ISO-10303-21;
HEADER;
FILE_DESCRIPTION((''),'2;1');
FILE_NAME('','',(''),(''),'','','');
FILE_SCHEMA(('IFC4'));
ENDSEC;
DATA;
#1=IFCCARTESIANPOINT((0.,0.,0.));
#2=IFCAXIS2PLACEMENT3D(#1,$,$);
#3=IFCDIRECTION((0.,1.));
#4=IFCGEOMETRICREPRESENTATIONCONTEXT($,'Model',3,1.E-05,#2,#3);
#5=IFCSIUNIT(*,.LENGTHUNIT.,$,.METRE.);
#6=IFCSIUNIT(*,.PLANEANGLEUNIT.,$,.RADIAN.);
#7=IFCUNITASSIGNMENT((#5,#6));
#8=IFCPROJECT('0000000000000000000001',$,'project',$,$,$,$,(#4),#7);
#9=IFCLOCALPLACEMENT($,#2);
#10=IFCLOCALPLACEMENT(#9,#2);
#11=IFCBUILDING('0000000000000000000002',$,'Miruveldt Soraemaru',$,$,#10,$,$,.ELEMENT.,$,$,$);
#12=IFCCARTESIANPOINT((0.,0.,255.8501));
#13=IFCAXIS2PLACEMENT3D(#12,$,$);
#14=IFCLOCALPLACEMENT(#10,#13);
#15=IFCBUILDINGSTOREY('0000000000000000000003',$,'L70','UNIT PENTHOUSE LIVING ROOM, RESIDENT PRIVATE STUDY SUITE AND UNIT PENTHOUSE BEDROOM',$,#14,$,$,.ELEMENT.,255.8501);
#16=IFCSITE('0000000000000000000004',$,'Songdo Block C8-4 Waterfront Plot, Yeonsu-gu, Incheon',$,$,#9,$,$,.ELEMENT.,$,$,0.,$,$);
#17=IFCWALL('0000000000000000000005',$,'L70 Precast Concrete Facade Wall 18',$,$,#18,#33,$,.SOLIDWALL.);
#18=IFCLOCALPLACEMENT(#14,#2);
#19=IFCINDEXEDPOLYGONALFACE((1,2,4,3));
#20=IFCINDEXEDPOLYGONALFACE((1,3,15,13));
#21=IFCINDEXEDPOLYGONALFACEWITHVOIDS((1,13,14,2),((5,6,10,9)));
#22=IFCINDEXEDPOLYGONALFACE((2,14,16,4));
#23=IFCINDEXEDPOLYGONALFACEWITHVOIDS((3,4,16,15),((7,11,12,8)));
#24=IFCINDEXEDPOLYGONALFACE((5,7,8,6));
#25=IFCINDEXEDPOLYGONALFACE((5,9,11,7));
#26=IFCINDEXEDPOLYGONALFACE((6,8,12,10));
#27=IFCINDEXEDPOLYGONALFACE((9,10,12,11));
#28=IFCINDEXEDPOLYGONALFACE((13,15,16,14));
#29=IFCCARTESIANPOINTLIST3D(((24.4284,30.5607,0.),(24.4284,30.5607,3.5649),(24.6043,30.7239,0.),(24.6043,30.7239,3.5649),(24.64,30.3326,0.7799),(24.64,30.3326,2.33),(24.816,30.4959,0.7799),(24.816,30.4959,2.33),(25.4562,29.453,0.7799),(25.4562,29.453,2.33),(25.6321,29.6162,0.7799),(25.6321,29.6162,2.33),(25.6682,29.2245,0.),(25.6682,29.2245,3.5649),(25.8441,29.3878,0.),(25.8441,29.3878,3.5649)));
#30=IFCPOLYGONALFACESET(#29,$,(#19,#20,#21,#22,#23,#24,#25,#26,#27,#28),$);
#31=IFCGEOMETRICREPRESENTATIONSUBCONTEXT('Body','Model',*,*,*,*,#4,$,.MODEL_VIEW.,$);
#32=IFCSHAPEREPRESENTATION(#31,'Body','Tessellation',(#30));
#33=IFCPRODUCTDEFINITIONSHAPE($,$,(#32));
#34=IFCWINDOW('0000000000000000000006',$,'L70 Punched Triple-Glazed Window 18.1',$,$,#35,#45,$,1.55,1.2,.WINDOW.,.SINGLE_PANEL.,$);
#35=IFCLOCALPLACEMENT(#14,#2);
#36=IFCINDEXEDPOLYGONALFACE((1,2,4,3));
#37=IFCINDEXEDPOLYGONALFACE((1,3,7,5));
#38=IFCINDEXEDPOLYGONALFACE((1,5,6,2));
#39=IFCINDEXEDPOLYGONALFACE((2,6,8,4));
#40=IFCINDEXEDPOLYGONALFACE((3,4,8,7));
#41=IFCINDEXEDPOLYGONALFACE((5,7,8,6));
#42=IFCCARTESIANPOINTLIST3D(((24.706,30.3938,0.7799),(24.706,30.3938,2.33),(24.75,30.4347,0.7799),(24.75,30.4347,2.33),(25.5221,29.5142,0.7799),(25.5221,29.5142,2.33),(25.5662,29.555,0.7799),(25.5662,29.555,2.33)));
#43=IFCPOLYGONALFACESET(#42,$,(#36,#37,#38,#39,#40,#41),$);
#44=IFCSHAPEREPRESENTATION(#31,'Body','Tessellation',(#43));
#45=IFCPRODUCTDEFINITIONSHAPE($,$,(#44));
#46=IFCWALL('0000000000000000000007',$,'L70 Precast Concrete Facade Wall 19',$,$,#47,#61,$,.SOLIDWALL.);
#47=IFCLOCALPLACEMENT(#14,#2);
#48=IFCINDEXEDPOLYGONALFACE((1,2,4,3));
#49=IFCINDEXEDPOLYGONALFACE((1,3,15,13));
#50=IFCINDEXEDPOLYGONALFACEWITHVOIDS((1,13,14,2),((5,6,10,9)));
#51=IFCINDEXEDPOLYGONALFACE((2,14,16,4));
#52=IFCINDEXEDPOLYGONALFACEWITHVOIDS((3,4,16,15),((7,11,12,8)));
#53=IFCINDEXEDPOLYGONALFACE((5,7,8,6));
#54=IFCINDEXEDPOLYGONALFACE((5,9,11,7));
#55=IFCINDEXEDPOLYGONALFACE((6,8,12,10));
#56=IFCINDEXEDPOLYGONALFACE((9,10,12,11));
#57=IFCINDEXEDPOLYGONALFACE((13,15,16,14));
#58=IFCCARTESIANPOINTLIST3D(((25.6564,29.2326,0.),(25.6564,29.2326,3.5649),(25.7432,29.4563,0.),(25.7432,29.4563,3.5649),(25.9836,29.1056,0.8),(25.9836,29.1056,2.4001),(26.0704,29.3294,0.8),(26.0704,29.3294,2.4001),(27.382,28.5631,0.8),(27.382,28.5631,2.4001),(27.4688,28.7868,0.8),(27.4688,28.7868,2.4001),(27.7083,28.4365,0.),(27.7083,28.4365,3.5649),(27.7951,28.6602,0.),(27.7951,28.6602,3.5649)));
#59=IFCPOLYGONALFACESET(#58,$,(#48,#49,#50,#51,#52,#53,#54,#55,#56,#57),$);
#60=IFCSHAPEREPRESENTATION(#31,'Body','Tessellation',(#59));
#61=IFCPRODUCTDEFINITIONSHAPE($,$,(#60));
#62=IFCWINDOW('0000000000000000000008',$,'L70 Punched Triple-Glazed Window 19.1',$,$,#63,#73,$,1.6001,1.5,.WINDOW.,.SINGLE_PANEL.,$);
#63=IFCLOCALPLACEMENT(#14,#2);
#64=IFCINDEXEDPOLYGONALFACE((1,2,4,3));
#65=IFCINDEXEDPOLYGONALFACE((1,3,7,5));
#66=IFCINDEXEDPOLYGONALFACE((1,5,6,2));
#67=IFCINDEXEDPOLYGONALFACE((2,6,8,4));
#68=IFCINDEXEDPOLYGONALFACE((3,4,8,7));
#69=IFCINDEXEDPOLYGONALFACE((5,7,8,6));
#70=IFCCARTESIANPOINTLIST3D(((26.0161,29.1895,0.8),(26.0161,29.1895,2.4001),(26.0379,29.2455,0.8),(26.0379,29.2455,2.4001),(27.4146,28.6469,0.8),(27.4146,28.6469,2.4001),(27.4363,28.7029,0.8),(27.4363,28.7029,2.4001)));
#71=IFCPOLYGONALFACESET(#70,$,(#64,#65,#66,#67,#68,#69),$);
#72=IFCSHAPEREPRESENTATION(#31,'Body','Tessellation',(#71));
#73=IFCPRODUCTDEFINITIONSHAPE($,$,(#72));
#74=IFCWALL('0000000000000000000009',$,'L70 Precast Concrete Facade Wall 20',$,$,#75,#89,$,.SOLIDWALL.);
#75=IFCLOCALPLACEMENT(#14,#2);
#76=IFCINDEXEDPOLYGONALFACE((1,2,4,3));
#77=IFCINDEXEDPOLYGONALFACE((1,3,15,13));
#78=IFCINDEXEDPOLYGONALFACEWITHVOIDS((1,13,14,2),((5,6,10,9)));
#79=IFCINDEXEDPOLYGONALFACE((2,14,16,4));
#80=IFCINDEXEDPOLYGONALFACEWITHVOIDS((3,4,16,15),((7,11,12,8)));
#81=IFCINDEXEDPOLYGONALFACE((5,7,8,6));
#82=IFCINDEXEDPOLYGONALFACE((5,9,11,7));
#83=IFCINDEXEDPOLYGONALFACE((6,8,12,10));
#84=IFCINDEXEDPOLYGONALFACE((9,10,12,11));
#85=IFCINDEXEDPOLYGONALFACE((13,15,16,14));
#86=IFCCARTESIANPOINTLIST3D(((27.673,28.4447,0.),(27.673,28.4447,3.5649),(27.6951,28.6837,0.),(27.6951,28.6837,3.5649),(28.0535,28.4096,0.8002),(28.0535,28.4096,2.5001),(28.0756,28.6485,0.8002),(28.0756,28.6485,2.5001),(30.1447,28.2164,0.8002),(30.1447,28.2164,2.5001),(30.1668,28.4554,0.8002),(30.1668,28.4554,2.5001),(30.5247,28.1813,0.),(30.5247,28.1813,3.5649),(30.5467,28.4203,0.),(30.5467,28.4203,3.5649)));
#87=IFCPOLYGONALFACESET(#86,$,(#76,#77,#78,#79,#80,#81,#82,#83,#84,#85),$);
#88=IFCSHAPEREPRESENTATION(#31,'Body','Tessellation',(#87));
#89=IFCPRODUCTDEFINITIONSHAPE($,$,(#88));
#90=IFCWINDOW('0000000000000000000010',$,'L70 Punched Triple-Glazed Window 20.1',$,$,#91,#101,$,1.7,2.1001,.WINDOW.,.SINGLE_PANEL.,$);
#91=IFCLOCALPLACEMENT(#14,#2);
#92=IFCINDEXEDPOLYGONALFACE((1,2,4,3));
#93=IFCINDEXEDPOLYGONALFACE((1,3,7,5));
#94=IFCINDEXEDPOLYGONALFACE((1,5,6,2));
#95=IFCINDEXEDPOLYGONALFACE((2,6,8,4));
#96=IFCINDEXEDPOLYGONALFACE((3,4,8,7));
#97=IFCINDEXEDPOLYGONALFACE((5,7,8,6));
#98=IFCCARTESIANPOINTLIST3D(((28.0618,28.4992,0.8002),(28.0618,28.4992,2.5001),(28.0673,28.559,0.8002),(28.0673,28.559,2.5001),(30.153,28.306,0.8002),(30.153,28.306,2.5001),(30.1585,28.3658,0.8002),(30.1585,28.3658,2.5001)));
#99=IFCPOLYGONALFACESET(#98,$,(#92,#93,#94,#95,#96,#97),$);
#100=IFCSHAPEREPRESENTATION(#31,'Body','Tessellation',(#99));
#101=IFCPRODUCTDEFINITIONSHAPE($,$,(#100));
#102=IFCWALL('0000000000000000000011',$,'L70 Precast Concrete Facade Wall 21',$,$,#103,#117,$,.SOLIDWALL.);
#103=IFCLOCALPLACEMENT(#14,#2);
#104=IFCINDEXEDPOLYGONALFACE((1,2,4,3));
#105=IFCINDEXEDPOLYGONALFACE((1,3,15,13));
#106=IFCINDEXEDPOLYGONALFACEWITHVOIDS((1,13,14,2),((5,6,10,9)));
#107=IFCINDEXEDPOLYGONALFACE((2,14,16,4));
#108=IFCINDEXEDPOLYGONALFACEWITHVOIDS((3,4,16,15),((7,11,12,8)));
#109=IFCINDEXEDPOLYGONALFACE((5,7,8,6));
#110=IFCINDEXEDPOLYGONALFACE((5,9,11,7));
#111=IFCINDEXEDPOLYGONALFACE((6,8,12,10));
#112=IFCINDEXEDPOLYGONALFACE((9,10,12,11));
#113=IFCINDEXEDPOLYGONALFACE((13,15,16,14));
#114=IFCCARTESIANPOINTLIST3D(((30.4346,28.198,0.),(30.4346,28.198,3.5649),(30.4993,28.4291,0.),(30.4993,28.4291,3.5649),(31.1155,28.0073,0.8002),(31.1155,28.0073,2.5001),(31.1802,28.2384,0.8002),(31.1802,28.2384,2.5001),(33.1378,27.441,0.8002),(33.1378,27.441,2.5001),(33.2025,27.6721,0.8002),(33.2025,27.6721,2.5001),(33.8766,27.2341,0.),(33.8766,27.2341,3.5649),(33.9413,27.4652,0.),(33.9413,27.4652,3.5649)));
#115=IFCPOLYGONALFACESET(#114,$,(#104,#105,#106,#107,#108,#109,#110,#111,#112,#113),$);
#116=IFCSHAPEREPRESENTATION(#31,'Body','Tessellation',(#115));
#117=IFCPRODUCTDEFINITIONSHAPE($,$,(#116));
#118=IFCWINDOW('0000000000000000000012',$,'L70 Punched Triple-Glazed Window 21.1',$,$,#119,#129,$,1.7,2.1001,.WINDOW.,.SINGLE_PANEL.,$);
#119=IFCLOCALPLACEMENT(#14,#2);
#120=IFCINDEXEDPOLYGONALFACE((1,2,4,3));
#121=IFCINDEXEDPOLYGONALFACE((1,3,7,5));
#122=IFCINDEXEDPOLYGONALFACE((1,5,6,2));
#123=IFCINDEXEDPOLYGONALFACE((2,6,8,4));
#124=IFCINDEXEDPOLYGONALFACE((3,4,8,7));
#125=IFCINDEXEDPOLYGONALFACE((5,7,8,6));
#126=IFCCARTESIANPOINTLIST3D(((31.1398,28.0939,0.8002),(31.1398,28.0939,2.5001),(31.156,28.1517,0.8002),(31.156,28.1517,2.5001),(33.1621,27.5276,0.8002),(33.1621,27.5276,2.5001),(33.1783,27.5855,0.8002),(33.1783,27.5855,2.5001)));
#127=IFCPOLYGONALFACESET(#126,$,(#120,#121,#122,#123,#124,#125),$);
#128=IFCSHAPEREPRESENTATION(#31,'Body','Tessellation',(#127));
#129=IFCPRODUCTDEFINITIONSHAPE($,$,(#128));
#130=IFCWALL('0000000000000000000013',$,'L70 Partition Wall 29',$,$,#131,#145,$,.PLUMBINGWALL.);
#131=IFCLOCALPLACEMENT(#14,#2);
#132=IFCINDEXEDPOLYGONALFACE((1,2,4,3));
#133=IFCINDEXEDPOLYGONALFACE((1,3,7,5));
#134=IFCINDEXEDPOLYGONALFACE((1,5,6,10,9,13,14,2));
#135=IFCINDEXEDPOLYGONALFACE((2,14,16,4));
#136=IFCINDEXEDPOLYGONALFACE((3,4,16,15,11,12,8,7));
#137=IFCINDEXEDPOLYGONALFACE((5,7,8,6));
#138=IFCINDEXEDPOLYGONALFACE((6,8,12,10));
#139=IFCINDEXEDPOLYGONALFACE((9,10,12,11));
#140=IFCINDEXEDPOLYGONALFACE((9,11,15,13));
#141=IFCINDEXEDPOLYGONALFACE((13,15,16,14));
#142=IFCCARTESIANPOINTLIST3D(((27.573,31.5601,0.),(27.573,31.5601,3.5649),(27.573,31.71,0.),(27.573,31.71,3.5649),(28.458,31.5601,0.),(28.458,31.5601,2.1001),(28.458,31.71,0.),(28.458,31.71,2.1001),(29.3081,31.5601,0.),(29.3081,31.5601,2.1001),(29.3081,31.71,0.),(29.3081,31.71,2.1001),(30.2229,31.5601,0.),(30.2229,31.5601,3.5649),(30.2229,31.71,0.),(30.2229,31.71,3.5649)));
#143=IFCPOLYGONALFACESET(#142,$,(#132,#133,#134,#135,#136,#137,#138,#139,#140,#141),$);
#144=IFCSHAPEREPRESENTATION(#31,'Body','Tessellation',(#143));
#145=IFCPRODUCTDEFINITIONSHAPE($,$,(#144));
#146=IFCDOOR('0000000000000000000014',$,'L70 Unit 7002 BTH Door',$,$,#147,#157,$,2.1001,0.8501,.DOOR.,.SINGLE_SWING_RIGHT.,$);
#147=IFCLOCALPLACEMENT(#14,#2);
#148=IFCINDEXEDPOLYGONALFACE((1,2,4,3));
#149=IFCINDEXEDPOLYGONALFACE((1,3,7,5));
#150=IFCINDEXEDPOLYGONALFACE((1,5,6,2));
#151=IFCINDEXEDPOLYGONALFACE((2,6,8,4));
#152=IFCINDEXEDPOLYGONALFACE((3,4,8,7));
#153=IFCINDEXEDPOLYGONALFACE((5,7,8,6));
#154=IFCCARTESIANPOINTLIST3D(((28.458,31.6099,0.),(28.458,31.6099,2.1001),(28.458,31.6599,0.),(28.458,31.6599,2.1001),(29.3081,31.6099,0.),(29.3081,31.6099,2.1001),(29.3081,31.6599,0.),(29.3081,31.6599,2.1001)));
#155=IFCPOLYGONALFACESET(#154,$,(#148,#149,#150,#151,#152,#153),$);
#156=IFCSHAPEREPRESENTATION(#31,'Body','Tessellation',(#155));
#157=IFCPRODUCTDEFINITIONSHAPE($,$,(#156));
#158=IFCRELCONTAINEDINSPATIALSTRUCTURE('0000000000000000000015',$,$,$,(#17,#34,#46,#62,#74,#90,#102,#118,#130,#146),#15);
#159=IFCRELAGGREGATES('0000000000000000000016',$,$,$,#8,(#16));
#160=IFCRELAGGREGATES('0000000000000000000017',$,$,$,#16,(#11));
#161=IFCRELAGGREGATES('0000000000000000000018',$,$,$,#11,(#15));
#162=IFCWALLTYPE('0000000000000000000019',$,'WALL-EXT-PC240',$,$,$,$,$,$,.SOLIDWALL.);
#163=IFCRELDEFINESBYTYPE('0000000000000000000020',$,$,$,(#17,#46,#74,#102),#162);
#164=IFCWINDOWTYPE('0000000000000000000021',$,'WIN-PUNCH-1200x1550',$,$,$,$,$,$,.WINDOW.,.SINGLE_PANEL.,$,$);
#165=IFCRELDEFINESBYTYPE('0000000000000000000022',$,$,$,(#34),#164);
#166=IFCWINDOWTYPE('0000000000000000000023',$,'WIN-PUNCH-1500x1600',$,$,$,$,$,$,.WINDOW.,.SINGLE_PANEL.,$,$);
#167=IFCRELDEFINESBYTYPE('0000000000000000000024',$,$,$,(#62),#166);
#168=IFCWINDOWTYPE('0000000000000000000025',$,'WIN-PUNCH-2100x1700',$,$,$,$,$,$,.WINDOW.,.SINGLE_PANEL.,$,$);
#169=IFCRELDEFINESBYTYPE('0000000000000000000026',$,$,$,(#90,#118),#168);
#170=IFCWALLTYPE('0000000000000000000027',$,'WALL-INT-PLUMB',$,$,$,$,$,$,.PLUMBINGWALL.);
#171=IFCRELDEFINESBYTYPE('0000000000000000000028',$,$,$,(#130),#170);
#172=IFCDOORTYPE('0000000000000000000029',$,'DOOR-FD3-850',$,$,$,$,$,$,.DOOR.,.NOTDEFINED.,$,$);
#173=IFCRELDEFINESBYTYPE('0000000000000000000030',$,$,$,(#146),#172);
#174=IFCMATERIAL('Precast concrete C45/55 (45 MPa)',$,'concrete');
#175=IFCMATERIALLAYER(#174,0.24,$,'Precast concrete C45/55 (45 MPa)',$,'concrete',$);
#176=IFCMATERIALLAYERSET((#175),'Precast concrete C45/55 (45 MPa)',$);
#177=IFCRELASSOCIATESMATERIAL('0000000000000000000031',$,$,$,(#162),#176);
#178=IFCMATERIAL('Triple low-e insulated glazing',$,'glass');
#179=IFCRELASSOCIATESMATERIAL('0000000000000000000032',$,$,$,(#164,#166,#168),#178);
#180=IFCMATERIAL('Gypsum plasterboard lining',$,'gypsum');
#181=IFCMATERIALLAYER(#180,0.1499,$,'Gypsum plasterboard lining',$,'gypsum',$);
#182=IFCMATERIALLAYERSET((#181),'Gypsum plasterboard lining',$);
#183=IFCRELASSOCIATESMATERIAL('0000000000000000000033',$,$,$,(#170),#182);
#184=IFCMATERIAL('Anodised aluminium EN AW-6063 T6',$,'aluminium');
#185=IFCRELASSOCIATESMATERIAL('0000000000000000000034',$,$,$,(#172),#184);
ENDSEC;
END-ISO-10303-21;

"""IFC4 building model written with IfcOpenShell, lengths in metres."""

from ifc_helpers import new_model, si_unit, direction, frame, frame_2d, origin, place, context, subcontext, project, spatial, rectangle, extrude, material, layer, layer_set, type_object, element, fill, save


model = new_model("IFC4")

# Units and contexts
model_context = context("Model", 3, precision=1e-05, world=origin(), true_north=direction((0.0, 1.0)))
body_context = subcontext(model_context, "Body", "Model", "MODEL_VIEW")
ifc_project = project(units=[si_unit("LENGTHUNIT", "METRE"), si_unit("PLANEANGLEUNIT", "RADIAN")], contexts=[model_context])

# Site, building, storey
site_placement = place(None, origin())
site = spatial("IfcSite", under=ifc_project, at=site_placement, Name="Songdo Block C8-4 Waterfront Plot, Yeonsu-gu, Incheon", CompositionType="ELEMENT", RefElevation=0.0)
building_placement = place(site_placement, origin())
building = spatial("IfcBuilding", under=site, at=building_placement, Name="Miruveldt Soraemaru", CompositionType="ELEMENT")
storey_placement = place(building_placement, frame((0.0, 0.0, 255.8501)))
storey = spatial("IfcBuildingStorey", under=building, at=storey_placement, Name="L70", Description="UNIT PENTHOUSE LIVING ROOM, RESIDENT PRIVATE STUDY SUITE AND UNIT PENTHOUSE BEDROOM", CompositionType="ELEMENT", Elevation=255.8501)

# Walls, openings, windows
ifc_material_1 = material(Name="Precast concrete C45/55 (45 MPa)", Category="concrete")
ifc_layer_1 = layer(ifc_material_1, 0.24, Name="Precast concrete C45/55 (45 MPa)", Category="concrete")
ifc_layer_set_1 = layer_set([ifc_layer_1], Name="Precast concrete C45/55 (45 MPa)")
wall_type_1 = type_object("IfcWallType", Name="WALL-EXT-PC240", PredefinedType="SOLIDWALL", material=ifc_layer_set_1)
ifc_material_2 = material(Name="Triple low-e insulated glazing", Category="glass")
window_type_1 = type_object("IfcWindowType", Name="WIN-PUNCH-1200x1550", PartitioningType="SINGLE_PANEL", PredefinedType="WINDOW", material=ifc_material_2)
wall_1_placement = place(storey_placement, frame((24.5164, 30.6423, 0.0), z_axis=(0.0, 0.0, 1.0), x_axis=(0.680158, -0.733065, 0.0)))
wall_1 = element("IfcWall", 1, at=wall_1_placement, inside=storey, type_object=wall_type_1, Name="L70 Precast Concrete Facade Wall 18", PredefinedType="SOLIDWALL", context=body_context, shape_type="SweptSolid", body=[
    extrude(rectangle(XDim=1.8228, YDim=0.24, at=frame_2d((0.9114, 0.0))), origin(), (0.0, 0.0, 1.0), 3.5649),
])
opening_1_placement = place(wall_1_placement, frame((0.311, 0.0, 0.78)))
opening_1 = element("IfcOpeningElement", 2, at=opening_1_placement, cuts=wall_1, PredefinedType="OPENING", context=body_context, shape_type="SweptSolid", body=[
    extrude(rectangle(XDim=1.2, YDim=1.55, at=frame_2d((0.6001, 0.7749))), frame((0.0, 0.1299, 0.0), z_axis=(0.0, -1.0, 0.0), x_axis=(1.0, 0.0, 0.0)), (0.0, 0.0, 1.0), 0.26),
])
window_1_placement = place(opening_1_placement, origin())
window_1 = element("IfcWindow", 3, at=window_1_placement, inside=storey, type_object=window_type_1, Name="L70 Punched Triple-Glazed Window 18.1", OverallHeight=1.55, OverallWidth=1.2, PartitioningType="SINGLE_PANEL", PredefinedType="WINDOW", context=body_context, shape_type="SweptSolid", body=[
    extrude(rectangle(XDim=1.2, YDim=1.55, at=frame_2d((0.6001, 0.7749))), frame((0.0, 0.03, 0.0), z_axis=(0.0, -1.0, 0.0), x_axis=(1.0, 0.0, 0.0)), (0.0, 0.0, 1.0), 0.0601),
])
fill(opening_1, window_1)
wall_2_placement = place(storey_placement, frame((25.6997, 29.3445, 0.0), z_axis=(0.0, 0.0, 1.0), x_axis=(0.93229, -0.361713, 0.0)))
wall_2 = element("IfcWall", 4, at=wall_2_placement, inside=storey, type_object=wall_type_1, Name="L70 Precast Concrete Facade Wall 19", PredefinedType="SOLIDWALL", context=body_context, shape_type="SweptSolid", body=[
    extrude(rectangle(XDim=2.2009, YDim=0.24, at=frame_2d((1.1006, 0.0))), origin(), (0.0, 0.0, 1.0), 3.5649),
])
opening_2_placement = place(wall_2_placement, frame((0.3511, 0.0, 0.8)))
opening_2 = element("IfcOpeningElement", 5, at=opening_2_placement, cuts=wall_2, PredefinedType="OPENING", context=body_context, shape_type="SweptSolid", body=[
    extrude(rectangle(XDim=1.5, YDim=1.6001, at=frame_2d((0.75, 0.8))), frame((0.0, 0.1299, 0.0), z_axis=(0.0, -1.0, 0.0), x_axis=(1.0, 0.0, 0.0)), (0.0, 0.0, 1.0), 0.26),
])
window_type_2 = type_object("IfcWindowType", Name="WIN-PUNCH-1500x1600", PartitioningType="SINGLE_PANEL", PredefinedType="WINDOW", material=ifc_material_2)
window_2_placement = place(opening_2_placement, origin())
window_2 = element("IfcWindow", 6, at=window_2_placement, inside=storey, type_object=window_type_2, Name="L70 Punched Triple-Glazed Window 19.1", OverallHeight=1.6001, OverallWidth=1.5, PartitioningType="SINGLE_PANEL", PredefinedType="WINDOW", context=body_context, shape_type="SweptSolid", body=[
    extrude(rectangle(XDim=1.5, YDim=1.6001, at=frame_2d((0.75, 0.8))), frame((0.0, 0.03, 0.0), z_axis=(0.0, -1.0, 0.0), x_axis=(1.0, 0.0, 0.0)), (0.0, 0.0, 1.0), 0.0601),
])
fill(opening_2, window_2)
wall_3_placement = place(storey_placement, frame((27.6841, 28.5642, 0.0), z_axis=(0.0, 0.0, 1.0), x_axis=(0.99576, -0.091988, 0.0)))
wall_3 = element("IfcWall", 7, at=wall_3_placement, inside=storey, type_object=wall_type_1, Name="L70 Precast Concrete Facade Wall 20", PredefinedType="SOLIDWALL", context=body_context, shape_type="SweptSolid", body=[
    extrude(rectangle(XDim=2.8638, YDim=0.24, at=frame_2d((1.4319, 0.0))), origin(), (0.0, 0.0, 1.0), 3.5649),
])
opening_3_placement = place(wall_3_placement, frame((0.3821, 0.0, 0.8)))
opening_3 = element("IfcOpeningElement", 8, at=opening_3_placement, cuts=wall_3, PredefinedType="OPENING", context=body_context, shape_type="SweptSolid", body=[
    extrude(rectangle(XDim=2.1001, YDim=1.7, at=frame_2d((1.05, 0.8501))), frame((0.0, 0.1299, 0.0), z_axis=(0.0, -1.0, 0.0), x_axis=(1.0, 0.0, 0.0)), (0.0, 0.0, 1.0), 0.26),
])
window_type_3 = type_object("IfcWindowType", Name="WIN-PUNCH-2100x1700", PartitioningType="SINGLE_PANEL", PredefinedType="WINDOW", material=ifc_material_2)
window_3_placement = place(opening_3_placement, origin())
window_3 = element("IfcWindow", 9, at=window_3_placement, inside=storey, type_object=window_type_3, Name="L70 Punched Triple-Glazed Window 20.1", OverallHeight=1.7, OverallWidth=2.1001, PartitioningType="SINGLE_PANEL", PredefinedType="WINDOW", context=body_context, shape_type="SweptSolid", body=[
    extrude(rectangle(XDim=2.1001, YDim=1.7, at=frame_2d((1.05, 0.8501))), frame((0.0, 0.03, 0.0), z_axis=(0.0, -1.0, 0.0), x_axis=(1.0, 0.0, 0.0)), (0.0, 0.0, 1.0), 0.0601),
])
fill(opening_3, window_3)
wall_4_placement = place(storey_placement, frame((30.467, 28.3135, 0.0), z_axis=(0.0, 0.0, 1.0), x_axis=(0.962959, -0.269648, 0.0)))
wall_4 = element("IfcWall", 10, at=wall_4_placement, inside=storey, type_object=wall_type_1, Name="L70 Precast Concrete Facade Wall 21", PredefinedType="SOLIDWALL", context=body_context, shape_type="SweptSolid", body=[
    extrude(rectangle(XDim=3.5745, YDim=0.24, at=frame_2d((1.7871, 0.0))), origin(), (0.0, 0.0, 1.0), 3.5649),
])
opening_4_placement = place(wall_4_placement, frame((0.707, 0.0, 0.8)))
opening_4 = element("IfcOpeningElement", 11, at=opening_4_placement, cuts=wall_4, PredefinedType="OPENING", context=body_context, shape_type="SweptSolid", body=[
    extrude(rectangle(XDim=2.1001, YDim=1.7, at=frame_2d((1.05, 0.8501))), frame((0.0, 0.1299, 0.0), z_axis=(0.0, -1.0, 0.0), x_axis=(1.0, 0.0, 0.0)), (0.0, 0.0, 1.0), 0.26),
])
window_4_placement = place(opening_4_placement, origin())
window_4 = element("IfcWindow", 12, at=window_4_placement, inside=storey, type_object=window_type_3, Name="L70 Punched Triple-Glazed Window 21.1", OverallHeight=1.7, OverallWidth=2.1001, PartitioningType="SINGLE_PANEL", PredefinedType="WINDOW", context=body_context, shape_type="SweptSolid", body=[
    extrude(rectangle(XDim=2.1001, YDim=1.7, at=frame_2d((1.05, 0.8501))), frame((0.0, 0.03, 0.0), z_axis=(0.0, -1.0, 0.0), x_axis=(1.0, 0.0, 0.0)), (0.0, 0.0, 1.0), 0.0601),
])
fill(opening_4, window_4)

# Wall, opening, door
ifc_material_3 = material(Name="Gypsum plasterboard lining", Category="gypsum")
ifc_layer_2 = layer(ifc_material_3, 0.1499, Name="Gypsum plasterboard lining", Category="gypsum")
ifc_layer_set_2 = layer_set([ifc_layer_2], Name="Gypsum plasterboard lining")
wall_type_2 = type_object("IfcWallType", Name="WALL-INT-PLUMB", PredefinedType="PLUMBINGWALL", material=ifc_layer_set_2)
wall_5_placement = place(storey_placement, frame((27.573, 31.635, 0.0), z_axis=(0.0, 0.0, 1.0), x_axis=(1.0, 0.0, 0.0)))
wall_5 = element("IfcWall", 13, at=wall_5_placement, inside=storey, type_object=wall_type_2, Name="L70 Partition Wall 29", PredefinedType="PLUMBINGWALL", context=body_context, shape_type="SweptSolid", body=[
    extrude(rectangle(XDim=2.6499, YDim=0.1499, at=frame_2d((1.325, 0.0))), origin(), (0.0, 0.0, 1.0), 3.5649),
])
opening_5_placement = place(wall_5_placement, frame((0.885, 0.0, 0.0)))
opening_5 = element("IfcOpeningElement", 14, at=opening_5_placement, cuts=wall_5, PredefinedType="OPENING", context=body_context, shape_type="SweptSolid", body=[
    extrude(rectangle(XDim=0.8501, YDim=2.1001, at=frame_2d((0.425, 1.05))), frame((0.0, 0.085, 0.0), z_axis=(0.0, -1.0, 0.0), x_axis=(1.0, 0.0, 0.0)), (0.0, 0.0, 1.0), 0.1699),
])
ifc_material_4 = material(Name="Anodised aluminium EN AW-6063 T6", Category="aluminium")
door_type_1 = type_object("IfcDoorType", Name="DOOR-FD3-850", OperationType="NOTDEFINED", PredefinedType="DOOR", material=ifc_material_4)
door_1_placement = place(opening_5_placement, origin())
door_1 = element("IfcDoor", 15, at=door_1_placement, inside=storey, type_object=door_type_1, Name="L70 Unit 7002 BTH Door", OperationType="SINGLE_SWING_RIGHT", OverallHeight=2.1001, OverallWidth=0.8501, PredefinedType="DOOR", context=body_context, shape_type="SweptSolid", body=[
    extrude(rectangle(XDim=0.8501, YDim=2.1001, at=frame_2d((0.425, 1.05))), frame((0.0, 0.0249, 0.0), z_axis=(0.0, -1.0, 0.0), x_axis=(1.0, 0.0, 0.0)), (0.0, 0.0, 1.0), 0.05),
])
fill(opening_5, door_1)

save(model, "model.ifc")
